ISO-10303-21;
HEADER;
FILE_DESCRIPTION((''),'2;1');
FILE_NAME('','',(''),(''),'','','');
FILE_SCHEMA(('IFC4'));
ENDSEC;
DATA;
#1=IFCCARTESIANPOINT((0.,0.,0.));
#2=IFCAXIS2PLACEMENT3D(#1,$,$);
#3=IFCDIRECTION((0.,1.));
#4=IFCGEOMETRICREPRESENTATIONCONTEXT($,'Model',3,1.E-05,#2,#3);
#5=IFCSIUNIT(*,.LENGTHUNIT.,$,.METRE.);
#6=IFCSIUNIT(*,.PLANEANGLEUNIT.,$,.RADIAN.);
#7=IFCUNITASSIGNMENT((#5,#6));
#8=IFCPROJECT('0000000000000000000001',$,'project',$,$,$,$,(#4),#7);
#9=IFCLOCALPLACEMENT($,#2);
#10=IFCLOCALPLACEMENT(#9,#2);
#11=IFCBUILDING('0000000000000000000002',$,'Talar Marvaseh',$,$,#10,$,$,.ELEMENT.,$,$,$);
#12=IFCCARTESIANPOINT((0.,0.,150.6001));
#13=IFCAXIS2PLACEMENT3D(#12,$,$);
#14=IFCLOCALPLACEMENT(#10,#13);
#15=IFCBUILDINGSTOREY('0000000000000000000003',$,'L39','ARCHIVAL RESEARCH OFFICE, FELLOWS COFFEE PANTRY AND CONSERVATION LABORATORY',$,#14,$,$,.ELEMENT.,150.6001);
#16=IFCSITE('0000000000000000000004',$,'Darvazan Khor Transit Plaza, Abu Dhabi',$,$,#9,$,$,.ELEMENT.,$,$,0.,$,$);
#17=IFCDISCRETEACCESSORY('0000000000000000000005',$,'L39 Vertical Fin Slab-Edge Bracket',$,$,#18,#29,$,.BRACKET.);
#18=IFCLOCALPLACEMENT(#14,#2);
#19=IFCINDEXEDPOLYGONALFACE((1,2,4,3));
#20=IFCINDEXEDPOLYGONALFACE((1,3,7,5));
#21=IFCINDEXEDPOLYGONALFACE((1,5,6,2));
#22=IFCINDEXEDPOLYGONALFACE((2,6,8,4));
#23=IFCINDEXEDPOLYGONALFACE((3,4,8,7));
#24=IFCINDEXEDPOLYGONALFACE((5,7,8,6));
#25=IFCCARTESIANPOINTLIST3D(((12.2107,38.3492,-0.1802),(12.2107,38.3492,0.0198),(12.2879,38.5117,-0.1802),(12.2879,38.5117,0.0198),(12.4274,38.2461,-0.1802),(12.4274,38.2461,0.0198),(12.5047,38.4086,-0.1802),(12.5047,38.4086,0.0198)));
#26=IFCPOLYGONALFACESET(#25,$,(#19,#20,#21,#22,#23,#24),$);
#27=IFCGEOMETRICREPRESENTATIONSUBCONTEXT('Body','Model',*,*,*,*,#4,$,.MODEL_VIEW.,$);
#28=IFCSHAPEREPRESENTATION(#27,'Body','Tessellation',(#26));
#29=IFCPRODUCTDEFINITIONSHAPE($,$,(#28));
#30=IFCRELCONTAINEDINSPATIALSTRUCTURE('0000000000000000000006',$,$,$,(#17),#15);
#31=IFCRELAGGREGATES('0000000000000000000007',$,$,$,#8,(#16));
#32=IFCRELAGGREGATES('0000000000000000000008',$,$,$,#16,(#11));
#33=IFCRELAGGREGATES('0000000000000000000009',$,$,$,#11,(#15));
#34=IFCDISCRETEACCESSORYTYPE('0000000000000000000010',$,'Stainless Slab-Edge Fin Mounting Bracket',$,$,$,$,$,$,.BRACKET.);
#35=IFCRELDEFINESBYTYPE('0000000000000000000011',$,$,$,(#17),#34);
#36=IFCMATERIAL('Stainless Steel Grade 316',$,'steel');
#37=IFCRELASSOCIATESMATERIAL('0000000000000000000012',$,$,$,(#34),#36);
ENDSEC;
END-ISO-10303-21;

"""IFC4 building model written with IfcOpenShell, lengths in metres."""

from ifc_helpers import new_model, si_unit, direction, frame, origin, origin_2d, place, context, subcontext, project, spatial, rectangle, extrude, source, transform, mapped, material, type_object, type_shapes, element, save


model = new_model("IFC4")

# Units and contexts
model_context = context("Model", 3, precision=1e-05, world=origin(), true_north=direction((0.0, 1.0)))
body_context = subcontext(model_context, "Body", "Model", "MODEL_VIEW")
ifc_project = project(units=[si_unit("LENGTHUNIT", "METRE"), si_unit("PLANEANGLEUNIT", "RADIAN")], contexts=[model_context])

# Site, building, storey
site_placement = place(None, origin())
site = spatial("IfcSite", under=ifc_project, at=site_placement, Name="Darvazan Khor Transit Plaza, Abu Dhabi", CompositionType="ELEMENT", RefElevation=0.0)
building_placement = place(site_placement, origin())
building = spatial("IfcBuilding", under=site, at=building_placement, Name="Talar Marvaseh", CompositionType="ELEMENT")
storey_placement = place(building_placement, frame((0.0, 0.0, 150.6001)))
storey = spatial("IfcBuildingStorey", under=building, at=storey_placement, Name="L39", Description="ARCHIVAL RESEARCH OFFICE, FELLOWS COFFEE PANTRY AND CONSERVATION LABORATORY", CompositionType="ELEMENT", Elevation=150.6001)

# Discrete accessory
ifc_material_1 = material(Name="Stainless Steel Grade 316", Category="steel")
discrete_accessory_type = type_object("IfcDiscreteAccessoryType", Name="Stainless Slab-Edge Fin Mounting Bracket", PredefinedType="BRACKET", material=ifc_material_1)
shared_shape_1 = source(origin(), body_context, "Body", "SweptSolid", [
    extrude(rectangle(XDim=0.24, YDim=0.1799, at=origin_2d()), origin(), (0.0, 0.0, 1.0), 0.2),
])
type_shapes(discrete_accessory_type, [shared_shape_1])
for number, where, z_axis, x_axis, name in (
    (1, (12.3577, 38.3789, -0.1802), (0.0, 0.0, 1.0), (-0.903111, 0.429408, 0.0), "L39 Vertical Fin Slab-Edge Bracket"),
):
    element("IfcDiscreteAccessory", number, at=place(storey_placement, frame(where, z_axis=z_axis, x_axis=x_axis)), inside=storey, type_object=discrete_accessory_type, Name=name, PredefinedType="BRACKET", context=body_context, shape_type="MappedRepresentation", body=[
        mapped(shared_shape_1, transform((0.0, 0.0, 0.0), x_axis=(1.0, 0.0, 0.0), y_axis=(0.0, 1.0, 0.0), z_axis=(0.0, 0.0, 1.0), scale=1.0)),
    ])

save(model, "model.ifc")
